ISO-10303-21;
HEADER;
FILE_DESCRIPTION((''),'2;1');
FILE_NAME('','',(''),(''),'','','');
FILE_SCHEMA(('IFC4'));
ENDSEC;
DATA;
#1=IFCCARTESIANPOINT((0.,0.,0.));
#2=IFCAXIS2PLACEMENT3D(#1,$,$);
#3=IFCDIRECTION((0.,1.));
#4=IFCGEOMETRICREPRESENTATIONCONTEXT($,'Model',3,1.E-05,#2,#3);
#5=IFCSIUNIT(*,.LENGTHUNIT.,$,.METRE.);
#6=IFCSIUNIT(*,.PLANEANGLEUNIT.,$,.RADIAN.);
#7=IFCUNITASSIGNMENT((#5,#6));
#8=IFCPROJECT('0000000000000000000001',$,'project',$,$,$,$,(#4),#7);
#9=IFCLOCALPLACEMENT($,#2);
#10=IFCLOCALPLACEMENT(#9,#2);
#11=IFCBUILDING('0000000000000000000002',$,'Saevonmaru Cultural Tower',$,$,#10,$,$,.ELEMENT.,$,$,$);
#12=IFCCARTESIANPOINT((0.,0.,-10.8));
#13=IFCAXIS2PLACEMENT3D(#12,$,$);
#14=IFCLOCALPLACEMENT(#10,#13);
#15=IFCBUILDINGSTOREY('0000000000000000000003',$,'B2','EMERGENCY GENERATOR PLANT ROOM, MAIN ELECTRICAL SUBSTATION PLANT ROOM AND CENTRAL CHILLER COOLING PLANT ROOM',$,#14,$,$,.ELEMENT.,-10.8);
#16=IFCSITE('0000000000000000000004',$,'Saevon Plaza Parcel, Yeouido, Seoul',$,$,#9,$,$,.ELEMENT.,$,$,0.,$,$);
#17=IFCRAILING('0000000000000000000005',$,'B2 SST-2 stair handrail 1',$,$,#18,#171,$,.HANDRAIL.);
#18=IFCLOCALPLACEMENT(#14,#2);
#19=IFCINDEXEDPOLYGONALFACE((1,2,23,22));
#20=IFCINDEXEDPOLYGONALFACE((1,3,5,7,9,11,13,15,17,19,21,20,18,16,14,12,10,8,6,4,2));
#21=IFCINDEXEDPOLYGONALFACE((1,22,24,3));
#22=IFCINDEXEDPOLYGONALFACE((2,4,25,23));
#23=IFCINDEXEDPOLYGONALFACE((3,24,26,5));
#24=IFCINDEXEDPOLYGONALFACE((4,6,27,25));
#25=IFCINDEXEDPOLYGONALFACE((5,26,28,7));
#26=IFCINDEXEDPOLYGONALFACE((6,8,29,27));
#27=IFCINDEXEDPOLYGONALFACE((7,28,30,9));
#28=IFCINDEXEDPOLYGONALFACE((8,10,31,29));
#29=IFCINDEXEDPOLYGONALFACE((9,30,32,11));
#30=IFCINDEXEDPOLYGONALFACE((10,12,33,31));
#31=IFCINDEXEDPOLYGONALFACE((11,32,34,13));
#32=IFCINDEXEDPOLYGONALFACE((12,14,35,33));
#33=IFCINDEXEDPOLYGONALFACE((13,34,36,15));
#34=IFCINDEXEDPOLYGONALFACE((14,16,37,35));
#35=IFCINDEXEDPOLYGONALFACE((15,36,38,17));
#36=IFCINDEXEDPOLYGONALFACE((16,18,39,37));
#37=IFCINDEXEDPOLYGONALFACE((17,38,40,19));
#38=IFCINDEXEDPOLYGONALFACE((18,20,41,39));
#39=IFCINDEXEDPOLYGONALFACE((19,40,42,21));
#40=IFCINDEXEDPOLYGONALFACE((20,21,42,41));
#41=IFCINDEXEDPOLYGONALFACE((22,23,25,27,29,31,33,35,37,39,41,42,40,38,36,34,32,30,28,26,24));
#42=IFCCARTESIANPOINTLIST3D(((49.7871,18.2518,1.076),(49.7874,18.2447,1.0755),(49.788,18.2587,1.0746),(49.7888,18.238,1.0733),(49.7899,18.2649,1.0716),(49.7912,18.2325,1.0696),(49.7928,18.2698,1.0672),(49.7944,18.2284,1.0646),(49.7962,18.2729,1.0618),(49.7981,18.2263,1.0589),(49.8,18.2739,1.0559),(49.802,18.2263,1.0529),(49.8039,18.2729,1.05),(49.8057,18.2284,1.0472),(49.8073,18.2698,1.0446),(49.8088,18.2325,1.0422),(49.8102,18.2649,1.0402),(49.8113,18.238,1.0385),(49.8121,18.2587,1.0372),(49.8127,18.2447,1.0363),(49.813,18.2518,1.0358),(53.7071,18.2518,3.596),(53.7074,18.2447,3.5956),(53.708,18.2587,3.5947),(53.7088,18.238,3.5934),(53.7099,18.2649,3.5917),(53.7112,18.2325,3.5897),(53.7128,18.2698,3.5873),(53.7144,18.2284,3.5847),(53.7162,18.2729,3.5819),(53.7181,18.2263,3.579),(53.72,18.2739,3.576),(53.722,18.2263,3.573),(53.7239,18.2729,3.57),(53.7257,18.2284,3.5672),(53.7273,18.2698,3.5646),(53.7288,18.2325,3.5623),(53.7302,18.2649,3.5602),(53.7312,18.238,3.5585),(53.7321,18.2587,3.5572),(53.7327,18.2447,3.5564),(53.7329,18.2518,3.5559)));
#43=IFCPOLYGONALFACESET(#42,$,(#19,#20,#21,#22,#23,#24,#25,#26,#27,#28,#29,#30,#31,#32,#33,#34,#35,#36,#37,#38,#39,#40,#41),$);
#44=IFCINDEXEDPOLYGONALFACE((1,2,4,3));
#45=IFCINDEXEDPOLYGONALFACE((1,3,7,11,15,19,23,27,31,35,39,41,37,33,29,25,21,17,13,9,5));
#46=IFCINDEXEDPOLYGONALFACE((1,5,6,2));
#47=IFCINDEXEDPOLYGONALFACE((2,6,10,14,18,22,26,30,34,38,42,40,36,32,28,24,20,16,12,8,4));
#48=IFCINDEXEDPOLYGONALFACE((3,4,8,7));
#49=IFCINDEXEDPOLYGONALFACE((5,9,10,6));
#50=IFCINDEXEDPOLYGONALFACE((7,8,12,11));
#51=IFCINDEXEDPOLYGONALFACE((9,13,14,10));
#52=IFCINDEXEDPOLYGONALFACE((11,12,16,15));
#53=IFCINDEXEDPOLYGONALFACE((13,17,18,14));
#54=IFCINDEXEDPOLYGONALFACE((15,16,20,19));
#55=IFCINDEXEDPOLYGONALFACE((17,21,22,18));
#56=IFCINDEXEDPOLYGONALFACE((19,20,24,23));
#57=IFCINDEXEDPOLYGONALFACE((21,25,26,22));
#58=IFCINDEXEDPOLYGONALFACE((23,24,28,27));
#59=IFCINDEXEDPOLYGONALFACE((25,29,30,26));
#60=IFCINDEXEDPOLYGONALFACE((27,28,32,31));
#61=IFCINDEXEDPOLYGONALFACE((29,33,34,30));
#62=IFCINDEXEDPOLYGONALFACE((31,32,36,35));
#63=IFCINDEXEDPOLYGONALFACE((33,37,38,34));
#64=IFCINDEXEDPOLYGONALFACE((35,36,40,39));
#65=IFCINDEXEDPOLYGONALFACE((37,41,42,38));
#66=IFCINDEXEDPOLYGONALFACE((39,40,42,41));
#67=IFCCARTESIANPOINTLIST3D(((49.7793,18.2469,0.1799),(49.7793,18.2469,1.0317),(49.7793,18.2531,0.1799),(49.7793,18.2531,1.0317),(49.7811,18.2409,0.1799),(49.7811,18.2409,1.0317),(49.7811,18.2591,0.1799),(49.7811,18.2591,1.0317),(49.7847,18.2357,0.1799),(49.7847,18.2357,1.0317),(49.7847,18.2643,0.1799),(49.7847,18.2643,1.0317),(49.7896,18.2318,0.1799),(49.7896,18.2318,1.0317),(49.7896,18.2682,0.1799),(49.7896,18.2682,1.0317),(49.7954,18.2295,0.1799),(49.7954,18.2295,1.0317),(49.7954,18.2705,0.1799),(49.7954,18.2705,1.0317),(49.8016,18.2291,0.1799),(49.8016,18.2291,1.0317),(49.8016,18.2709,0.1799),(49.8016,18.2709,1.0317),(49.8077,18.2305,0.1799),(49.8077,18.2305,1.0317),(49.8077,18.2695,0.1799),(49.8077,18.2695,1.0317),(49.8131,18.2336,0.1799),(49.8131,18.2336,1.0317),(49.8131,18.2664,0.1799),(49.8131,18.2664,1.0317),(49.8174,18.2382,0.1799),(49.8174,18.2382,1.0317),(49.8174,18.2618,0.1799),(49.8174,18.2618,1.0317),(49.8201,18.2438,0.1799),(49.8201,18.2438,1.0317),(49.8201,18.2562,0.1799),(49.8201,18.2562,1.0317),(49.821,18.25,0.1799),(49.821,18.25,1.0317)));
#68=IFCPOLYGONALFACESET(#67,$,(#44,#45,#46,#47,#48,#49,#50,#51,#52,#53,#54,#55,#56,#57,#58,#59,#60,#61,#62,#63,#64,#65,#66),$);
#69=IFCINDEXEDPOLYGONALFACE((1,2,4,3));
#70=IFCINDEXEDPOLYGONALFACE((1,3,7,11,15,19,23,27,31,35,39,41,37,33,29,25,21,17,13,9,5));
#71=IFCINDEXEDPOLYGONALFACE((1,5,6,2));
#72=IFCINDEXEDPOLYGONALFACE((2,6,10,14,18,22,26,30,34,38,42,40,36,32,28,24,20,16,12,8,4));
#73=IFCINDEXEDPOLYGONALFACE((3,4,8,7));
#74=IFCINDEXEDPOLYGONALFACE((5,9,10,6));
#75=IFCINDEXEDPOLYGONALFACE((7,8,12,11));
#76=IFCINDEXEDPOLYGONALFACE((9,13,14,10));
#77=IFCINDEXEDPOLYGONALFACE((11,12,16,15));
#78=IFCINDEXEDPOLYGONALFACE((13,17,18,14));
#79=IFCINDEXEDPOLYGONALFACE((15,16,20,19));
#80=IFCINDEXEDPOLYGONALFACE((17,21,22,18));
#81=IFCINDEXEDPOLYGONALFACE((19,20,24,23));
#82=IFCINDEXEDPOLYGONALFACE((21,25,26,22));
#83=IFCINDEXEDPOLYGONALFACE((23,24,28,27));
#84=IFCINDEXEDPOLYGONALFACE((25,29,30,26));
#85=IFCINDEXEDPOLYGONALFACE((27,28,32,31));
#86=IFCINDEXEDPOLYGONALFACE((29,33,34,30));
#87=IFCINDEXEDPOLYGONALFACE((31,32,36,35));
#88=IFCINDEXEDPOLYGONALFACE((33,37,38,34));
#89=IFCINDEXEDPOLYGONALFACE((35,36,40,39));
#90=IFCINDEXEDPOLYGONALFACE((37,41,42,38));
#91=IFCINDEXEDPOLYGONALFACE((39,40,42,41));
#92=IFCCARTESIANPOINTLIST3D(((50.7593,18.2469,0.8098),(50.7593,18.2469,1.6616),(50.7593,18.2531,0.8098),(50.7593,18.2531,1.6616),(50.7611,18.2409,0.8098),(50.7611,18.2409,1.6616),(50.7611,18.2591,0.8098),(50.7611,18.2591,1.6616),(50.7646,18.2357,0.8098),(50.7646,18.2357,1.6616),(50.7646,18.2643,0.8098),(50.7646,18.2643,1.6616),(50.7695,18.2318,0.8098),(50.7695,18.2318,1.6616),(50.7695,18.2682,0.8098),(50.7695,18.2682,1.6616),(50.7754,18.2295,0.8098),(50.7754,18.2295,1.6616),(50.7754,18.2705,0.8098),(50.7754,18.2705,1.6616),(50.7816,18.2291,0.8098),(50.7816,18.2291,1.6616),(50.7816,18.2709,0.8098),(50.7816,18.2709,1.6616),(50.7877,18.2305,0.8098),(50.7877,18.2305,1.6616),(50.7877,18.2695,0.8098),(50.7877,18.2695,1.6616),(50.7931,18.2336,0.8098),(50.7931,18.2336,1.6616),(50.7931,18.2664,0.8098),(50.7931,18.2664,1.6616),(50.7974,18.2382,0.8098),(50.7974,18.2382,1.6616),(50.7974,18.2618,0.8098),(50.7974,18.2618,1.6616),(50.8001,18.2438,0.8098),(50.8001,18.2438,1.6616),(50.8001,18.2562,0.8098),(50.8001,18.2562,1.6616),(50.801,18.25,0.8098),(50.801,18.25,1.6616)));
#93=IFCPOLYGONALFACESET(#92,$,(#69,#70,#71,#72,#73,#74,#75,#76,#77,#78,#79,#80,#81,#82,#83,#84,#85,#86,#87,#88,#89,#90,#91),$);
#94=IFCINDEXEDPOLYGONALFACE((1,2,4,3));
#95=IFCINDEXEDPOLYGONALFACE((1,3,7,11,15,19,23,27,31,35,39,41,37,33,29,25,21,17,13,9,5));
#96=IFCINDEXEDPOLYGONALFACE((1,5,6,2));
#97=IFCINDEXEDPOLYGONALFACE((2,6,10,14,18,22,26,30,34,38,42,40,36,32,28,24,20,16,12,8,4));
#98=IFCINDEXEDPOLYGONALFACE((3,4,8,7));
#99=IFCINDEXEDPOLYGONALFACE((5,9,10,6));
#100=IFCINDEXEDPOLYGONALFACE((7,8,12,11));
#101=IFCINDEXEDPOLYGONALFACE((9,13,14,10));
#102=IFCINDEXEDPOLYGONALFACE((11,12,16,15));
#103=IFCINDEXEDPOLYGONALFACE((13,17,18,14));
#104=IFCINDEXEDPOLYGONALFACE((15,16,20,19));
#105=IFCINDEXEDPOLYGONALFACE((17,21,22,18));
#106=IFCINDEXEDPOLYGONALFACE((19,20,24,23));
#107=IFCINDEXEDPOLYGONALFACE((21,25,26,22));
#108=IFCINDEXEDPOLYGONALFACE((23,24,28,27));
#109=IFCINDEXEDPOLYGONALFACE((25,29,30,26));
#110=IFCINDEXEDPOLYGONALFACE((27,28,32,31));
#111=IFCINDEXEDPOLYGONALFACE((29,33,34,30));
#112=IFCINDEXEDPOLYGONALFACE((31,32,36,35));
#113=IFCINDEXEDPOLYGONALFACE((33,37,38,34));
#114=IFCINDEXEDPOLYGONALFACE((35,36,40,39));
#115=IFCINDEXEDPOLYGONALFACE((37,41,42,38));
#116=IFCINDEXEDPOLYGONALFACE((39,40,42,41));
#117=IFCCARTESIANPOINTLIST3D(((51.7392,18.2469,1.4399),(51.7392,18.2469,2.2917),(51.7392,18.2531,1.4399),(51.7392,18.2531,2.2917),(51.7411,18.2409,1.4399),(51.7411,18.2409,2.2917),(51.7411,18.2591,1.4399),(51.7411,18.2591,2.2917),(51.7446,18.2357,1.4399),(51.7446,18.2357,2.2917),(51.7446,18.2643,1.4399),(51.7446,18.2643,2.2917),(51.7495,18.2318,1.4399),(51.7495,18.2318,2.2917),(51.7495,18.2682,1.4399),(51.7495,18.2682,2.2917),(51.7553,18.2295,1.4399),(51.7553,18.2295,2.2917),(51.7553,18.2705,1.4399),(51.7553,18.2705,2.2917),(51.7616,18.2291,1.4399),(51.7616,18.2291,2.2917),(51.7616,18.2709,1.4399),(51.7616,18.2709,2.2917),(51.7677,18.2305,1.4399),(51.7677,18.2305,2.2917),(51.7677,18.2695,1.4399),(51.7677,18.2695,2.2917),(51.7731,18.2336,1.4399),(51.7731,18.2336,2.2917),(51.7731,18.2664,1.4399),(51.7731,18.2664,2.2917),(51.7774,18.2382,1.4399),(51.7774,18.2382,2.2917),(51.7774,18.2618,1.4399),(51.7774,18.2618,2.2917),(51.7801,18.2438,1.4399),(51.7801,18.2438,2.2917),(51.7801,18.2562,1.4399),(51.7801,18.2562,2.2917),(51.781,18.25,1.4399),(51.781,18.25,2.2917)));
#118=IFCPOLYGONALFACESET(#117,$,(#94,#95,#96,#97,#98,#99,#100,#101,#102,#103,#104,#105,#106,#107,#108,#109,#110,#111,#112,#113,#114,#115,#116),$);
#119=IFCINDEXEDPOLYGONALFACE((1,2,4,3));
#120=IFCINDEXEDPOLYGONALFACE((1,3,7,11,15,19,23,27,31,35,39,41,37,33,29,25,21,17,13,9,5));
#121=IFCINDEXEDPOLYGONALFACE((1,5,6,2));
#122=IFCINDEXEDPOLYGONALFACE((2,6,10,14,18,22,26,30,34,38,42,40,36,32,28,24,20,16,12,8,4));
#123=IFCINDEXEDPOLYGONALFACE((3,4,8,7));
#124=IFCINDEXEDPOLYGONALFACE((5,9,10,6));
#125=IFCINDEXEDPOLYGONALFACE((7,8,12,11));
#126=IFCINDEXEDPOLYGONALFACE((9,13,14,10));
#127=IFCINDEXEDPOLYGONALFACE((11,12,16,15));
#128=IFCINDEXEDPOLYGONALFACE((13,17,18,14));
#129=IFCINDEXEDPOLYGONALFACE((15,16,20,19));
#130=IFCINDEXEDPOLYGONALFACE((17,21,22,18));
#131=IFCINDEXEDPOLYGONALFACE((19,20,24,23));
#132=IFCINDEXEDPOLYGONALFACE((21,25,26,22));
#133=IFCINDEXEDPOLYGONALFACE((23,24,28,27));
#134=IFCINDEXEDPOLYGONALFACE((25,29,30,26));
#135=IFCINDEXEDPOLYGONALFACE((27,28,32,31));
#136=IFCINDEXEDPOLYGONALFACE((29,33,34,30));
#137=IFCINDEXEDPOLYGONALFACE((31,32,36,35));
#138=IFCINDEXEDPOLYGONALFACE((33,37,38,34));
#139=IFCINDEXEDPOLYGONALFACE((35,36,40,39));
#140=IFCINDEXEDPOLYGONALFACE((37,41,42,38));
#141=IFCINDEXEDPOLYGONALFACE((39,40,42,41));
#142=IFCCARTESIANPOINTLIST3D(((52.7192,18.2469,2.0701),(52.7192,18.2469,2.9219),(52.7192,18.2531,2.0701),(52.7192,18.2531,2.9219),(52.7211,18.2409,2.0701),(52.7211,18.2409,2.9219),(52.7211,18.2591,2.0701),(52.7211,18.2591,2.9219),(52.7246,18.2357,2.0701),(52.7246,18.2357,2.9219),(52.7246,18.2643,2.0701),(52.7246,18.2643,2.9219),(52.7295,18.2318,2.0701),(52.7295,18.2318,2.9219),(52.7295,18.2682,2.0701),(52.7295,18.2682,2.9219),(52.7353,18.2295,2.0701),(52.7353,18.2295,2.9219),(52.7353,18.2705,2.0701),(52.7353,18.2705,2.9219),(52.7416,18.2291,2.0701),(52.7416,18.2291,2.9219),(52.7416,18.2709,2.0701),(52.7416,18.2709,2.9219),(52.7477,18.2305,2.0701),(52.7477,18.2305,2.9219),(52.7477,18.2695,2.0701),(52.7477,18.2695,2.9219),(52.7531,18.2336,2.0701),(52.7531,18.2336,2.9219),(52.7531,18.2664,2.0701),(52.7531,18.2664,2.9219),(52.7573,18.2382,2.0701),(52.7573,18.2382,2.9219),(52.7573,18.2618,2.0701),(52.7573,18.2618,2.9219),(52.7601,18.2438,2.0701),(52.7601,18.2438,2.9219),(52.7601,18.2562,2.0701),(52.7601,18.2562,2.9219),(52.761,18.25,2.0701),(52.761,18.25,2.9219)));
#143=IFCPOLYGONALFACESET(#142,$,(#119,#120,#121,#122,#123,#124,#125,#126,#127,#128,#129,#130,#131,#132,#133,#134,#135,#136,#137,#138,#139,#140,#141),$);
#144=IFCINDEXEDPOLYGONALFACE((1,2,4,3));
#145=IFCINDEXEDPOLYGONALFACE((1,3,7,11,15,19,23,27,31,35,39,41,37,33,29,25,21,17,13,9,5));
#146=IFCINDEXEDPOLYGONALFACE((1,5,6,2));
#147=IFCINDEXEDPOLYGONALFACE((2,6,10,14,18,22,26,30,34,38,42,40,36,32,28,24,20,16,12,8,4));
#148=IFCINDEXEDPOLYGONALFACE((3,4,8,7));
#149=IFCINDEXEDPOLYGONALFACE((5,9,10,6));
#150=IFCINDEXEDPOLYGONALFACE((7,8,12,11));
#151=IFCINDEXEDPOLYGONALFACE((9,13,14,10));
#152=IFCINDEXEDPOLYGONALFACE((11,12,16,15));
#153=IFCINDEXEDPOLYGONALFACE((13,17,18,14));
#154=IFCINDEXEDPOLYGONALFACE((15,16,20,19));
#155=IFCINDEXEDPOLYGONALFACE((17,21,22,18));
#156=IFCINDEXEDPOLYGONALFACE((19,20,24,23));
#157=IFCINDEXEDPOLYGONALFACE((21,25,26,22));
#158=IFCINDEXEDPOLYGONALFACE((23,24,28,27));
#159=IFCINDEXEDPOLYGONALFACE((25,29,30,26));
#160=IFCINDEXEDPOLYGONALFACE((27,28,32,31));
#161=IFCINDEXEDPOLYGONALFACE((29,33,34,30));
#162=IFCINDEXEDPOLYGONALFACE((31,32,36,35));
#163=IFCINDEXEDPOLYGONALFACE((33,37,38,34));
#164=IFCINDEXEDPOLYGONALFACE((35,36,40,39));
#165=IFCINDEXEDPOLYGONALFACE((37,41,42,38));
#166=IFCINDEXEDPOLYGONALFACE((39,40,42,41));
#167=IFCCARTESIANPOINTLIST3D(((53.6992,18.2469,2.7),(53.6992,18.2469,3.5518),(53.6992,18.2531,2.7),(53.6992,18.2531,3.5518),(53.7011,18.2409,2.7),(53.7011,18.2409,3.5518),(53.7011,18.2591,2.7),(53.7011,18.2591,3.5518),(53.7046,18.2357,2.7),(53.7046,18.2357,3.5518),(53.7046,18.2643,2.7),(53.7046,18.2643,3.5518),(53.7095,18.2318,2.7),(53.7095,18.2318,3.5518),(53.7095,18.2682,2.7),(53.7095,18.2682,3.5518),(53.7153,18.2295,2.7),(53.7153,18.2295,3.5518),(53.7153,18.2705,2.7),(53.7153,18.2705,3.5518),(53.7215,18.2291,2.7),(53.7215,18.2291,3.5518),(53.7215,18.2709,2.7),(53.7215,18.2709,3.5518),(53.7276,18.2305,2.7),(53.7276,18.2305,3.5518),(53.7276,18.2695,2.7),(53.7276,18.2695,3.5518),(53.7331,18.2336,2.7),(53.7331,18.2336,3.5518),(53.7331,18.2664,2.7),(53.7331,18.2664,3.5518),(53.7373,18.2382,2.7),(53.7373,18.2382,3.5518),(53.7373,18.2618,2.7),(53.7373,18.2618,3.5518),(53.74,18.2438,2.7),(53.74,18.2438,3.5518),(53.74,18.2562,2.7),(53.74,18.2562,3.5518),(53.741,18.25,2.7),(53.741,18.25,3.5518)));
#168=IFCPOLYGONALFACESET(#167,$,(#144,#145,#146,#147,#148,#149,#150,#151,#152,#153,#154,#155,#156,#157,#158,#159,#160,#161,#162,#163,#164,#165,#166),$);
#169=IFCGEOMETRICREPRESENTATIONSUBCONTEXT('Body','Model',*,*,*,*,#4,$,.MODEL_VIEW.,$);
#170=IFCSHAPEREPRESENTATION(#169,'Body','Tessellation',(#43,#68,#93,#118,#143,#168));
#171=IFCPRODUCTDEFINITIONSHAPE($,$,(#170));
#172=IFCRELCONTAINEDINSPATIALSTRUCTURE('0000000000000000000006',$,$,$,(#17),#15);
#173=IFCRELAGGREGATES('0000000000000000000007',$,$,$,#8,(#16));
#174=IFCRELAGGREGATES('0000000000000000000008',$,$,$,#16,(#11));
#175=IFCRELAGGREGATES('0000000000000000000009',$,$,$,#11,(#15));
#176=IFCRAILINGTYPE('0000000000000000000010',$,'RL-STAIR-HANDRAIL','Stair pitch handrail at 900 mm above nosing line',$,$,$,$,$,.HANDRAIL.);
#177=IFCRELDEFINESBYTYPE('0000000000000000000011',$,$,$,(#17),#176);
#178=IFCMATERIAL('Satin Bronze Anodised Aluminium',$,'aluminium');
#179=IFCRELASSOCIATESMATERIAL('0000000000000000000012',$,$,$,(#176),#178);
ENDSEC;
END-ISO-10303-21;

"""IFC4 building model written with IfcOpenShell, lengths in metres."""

from ifc_helpers import new_model, si_unit, direction, frame, origin, origin_2d, place, context, subcontext, project, spatial, circle, extrude, material, type_object, element, save


model = new_model("IFC4")

# Units and contexts
model_context = context("Model", 3, precision=1e-05, world=origin(), true_north=direction((0.0, 1.0)))
body_context = subcontext(model_context, "Body", "Model", "MODEL_VIEW")
ifc_project = project(units=[si_unit("LENGTHUNIT", "METRE"), si_unit("PLANEANGLEUNIT", "RADIAN")], contexts=[model_context])

# Site, building, storey
site_placement = place(None, origin())
site = spatial("IfcSite", under=ifc_project, at=site_placement, Name="Saevon Plaza Parcel, Yeouido, Seoul", CompositionType="ELEMENT", RefElevation=0.0)
building_placement = place(site_placement, origin())
building = spatial("IfcBuilding", under=site, at=building_placement, Name="Saevonmaru Cultural Tower", CompositionType="ELEMENT")
storey_placement = place(building_placement, frame((0.0, 0.0, -10.8)))
storey = spatial("IfcBuildingStorey", under=building, at=storey_placement, Name="B2", Description="EMERGENCY GENERATOR PLANT ROOM, MAIN ELECTRICAL SUBSTATION PLANT ROOM AND CENTRAL CHILLER COOLING PLANT ROOM", CompositionType="ELEMENT", Elevation=-10.8)

# Shared definitions
ifc_material_1 = material(Name="Satin Bronze Anodised Aluminium", Category="aluminium")

# Railing
railing_type_1 = type_object("IfcRailingType", Name="RL-STAIR-HANDRAIL", Description="Stair pitch handrail at 900 mm above nosing line", PredefinedType="HANDRAIL", material=ifc_material_1)
railing_1_placement = place(storey_placement, frame((49.8, 18.25, 0.1799)))
element("IfcRailing", 1, at=railing_1_placement, inside=storey, type_object=railing_type_1, Name="B2 SST-2 stair handrail 1", PredefinedType="HANDRAIL", context=body_context, shape_type="SweptSolid", body=[
    extrude(circle(Radius=0.0239, at=origin_2d()), frame((0.0, 0.0, 0.876), z_axis=(0.841172, 0.0, 0.540768), x_axis=(0.0, 1.0, 0.0)), (0.0, 0.0, 1.0), 4.6602),
    extrude(circle(Radius=0.021, at=origin_2d()), origin(), (0.0, 0.0, 1.0), 0.8518),
    extrude(circle(Radius=0.021, at=origin_2d()), frame((0.98, 0.0, 0.6299)), (0.0, 0.0, 1.0), 0.8518),
    extrude(circle(Radius=0.021, at=origin_2d()), frame((1.96, 0.0, 1.26)), (0.0, 0.0, 1.0), 0.8518),
    extrude(circle(Radius=0.021, at=origin_2d()), frame((2.9399, 0.0, 1.8901)), (0.0, 0.0, 1.0), 0.8518),
    extrude(circle(Radius=0.021, at=origin_2d()), frame((3.9199, 0.0, 2.52)), (0.0, 0.0, 1.0), 0.8518),
])

save(model, "model.ifc")
